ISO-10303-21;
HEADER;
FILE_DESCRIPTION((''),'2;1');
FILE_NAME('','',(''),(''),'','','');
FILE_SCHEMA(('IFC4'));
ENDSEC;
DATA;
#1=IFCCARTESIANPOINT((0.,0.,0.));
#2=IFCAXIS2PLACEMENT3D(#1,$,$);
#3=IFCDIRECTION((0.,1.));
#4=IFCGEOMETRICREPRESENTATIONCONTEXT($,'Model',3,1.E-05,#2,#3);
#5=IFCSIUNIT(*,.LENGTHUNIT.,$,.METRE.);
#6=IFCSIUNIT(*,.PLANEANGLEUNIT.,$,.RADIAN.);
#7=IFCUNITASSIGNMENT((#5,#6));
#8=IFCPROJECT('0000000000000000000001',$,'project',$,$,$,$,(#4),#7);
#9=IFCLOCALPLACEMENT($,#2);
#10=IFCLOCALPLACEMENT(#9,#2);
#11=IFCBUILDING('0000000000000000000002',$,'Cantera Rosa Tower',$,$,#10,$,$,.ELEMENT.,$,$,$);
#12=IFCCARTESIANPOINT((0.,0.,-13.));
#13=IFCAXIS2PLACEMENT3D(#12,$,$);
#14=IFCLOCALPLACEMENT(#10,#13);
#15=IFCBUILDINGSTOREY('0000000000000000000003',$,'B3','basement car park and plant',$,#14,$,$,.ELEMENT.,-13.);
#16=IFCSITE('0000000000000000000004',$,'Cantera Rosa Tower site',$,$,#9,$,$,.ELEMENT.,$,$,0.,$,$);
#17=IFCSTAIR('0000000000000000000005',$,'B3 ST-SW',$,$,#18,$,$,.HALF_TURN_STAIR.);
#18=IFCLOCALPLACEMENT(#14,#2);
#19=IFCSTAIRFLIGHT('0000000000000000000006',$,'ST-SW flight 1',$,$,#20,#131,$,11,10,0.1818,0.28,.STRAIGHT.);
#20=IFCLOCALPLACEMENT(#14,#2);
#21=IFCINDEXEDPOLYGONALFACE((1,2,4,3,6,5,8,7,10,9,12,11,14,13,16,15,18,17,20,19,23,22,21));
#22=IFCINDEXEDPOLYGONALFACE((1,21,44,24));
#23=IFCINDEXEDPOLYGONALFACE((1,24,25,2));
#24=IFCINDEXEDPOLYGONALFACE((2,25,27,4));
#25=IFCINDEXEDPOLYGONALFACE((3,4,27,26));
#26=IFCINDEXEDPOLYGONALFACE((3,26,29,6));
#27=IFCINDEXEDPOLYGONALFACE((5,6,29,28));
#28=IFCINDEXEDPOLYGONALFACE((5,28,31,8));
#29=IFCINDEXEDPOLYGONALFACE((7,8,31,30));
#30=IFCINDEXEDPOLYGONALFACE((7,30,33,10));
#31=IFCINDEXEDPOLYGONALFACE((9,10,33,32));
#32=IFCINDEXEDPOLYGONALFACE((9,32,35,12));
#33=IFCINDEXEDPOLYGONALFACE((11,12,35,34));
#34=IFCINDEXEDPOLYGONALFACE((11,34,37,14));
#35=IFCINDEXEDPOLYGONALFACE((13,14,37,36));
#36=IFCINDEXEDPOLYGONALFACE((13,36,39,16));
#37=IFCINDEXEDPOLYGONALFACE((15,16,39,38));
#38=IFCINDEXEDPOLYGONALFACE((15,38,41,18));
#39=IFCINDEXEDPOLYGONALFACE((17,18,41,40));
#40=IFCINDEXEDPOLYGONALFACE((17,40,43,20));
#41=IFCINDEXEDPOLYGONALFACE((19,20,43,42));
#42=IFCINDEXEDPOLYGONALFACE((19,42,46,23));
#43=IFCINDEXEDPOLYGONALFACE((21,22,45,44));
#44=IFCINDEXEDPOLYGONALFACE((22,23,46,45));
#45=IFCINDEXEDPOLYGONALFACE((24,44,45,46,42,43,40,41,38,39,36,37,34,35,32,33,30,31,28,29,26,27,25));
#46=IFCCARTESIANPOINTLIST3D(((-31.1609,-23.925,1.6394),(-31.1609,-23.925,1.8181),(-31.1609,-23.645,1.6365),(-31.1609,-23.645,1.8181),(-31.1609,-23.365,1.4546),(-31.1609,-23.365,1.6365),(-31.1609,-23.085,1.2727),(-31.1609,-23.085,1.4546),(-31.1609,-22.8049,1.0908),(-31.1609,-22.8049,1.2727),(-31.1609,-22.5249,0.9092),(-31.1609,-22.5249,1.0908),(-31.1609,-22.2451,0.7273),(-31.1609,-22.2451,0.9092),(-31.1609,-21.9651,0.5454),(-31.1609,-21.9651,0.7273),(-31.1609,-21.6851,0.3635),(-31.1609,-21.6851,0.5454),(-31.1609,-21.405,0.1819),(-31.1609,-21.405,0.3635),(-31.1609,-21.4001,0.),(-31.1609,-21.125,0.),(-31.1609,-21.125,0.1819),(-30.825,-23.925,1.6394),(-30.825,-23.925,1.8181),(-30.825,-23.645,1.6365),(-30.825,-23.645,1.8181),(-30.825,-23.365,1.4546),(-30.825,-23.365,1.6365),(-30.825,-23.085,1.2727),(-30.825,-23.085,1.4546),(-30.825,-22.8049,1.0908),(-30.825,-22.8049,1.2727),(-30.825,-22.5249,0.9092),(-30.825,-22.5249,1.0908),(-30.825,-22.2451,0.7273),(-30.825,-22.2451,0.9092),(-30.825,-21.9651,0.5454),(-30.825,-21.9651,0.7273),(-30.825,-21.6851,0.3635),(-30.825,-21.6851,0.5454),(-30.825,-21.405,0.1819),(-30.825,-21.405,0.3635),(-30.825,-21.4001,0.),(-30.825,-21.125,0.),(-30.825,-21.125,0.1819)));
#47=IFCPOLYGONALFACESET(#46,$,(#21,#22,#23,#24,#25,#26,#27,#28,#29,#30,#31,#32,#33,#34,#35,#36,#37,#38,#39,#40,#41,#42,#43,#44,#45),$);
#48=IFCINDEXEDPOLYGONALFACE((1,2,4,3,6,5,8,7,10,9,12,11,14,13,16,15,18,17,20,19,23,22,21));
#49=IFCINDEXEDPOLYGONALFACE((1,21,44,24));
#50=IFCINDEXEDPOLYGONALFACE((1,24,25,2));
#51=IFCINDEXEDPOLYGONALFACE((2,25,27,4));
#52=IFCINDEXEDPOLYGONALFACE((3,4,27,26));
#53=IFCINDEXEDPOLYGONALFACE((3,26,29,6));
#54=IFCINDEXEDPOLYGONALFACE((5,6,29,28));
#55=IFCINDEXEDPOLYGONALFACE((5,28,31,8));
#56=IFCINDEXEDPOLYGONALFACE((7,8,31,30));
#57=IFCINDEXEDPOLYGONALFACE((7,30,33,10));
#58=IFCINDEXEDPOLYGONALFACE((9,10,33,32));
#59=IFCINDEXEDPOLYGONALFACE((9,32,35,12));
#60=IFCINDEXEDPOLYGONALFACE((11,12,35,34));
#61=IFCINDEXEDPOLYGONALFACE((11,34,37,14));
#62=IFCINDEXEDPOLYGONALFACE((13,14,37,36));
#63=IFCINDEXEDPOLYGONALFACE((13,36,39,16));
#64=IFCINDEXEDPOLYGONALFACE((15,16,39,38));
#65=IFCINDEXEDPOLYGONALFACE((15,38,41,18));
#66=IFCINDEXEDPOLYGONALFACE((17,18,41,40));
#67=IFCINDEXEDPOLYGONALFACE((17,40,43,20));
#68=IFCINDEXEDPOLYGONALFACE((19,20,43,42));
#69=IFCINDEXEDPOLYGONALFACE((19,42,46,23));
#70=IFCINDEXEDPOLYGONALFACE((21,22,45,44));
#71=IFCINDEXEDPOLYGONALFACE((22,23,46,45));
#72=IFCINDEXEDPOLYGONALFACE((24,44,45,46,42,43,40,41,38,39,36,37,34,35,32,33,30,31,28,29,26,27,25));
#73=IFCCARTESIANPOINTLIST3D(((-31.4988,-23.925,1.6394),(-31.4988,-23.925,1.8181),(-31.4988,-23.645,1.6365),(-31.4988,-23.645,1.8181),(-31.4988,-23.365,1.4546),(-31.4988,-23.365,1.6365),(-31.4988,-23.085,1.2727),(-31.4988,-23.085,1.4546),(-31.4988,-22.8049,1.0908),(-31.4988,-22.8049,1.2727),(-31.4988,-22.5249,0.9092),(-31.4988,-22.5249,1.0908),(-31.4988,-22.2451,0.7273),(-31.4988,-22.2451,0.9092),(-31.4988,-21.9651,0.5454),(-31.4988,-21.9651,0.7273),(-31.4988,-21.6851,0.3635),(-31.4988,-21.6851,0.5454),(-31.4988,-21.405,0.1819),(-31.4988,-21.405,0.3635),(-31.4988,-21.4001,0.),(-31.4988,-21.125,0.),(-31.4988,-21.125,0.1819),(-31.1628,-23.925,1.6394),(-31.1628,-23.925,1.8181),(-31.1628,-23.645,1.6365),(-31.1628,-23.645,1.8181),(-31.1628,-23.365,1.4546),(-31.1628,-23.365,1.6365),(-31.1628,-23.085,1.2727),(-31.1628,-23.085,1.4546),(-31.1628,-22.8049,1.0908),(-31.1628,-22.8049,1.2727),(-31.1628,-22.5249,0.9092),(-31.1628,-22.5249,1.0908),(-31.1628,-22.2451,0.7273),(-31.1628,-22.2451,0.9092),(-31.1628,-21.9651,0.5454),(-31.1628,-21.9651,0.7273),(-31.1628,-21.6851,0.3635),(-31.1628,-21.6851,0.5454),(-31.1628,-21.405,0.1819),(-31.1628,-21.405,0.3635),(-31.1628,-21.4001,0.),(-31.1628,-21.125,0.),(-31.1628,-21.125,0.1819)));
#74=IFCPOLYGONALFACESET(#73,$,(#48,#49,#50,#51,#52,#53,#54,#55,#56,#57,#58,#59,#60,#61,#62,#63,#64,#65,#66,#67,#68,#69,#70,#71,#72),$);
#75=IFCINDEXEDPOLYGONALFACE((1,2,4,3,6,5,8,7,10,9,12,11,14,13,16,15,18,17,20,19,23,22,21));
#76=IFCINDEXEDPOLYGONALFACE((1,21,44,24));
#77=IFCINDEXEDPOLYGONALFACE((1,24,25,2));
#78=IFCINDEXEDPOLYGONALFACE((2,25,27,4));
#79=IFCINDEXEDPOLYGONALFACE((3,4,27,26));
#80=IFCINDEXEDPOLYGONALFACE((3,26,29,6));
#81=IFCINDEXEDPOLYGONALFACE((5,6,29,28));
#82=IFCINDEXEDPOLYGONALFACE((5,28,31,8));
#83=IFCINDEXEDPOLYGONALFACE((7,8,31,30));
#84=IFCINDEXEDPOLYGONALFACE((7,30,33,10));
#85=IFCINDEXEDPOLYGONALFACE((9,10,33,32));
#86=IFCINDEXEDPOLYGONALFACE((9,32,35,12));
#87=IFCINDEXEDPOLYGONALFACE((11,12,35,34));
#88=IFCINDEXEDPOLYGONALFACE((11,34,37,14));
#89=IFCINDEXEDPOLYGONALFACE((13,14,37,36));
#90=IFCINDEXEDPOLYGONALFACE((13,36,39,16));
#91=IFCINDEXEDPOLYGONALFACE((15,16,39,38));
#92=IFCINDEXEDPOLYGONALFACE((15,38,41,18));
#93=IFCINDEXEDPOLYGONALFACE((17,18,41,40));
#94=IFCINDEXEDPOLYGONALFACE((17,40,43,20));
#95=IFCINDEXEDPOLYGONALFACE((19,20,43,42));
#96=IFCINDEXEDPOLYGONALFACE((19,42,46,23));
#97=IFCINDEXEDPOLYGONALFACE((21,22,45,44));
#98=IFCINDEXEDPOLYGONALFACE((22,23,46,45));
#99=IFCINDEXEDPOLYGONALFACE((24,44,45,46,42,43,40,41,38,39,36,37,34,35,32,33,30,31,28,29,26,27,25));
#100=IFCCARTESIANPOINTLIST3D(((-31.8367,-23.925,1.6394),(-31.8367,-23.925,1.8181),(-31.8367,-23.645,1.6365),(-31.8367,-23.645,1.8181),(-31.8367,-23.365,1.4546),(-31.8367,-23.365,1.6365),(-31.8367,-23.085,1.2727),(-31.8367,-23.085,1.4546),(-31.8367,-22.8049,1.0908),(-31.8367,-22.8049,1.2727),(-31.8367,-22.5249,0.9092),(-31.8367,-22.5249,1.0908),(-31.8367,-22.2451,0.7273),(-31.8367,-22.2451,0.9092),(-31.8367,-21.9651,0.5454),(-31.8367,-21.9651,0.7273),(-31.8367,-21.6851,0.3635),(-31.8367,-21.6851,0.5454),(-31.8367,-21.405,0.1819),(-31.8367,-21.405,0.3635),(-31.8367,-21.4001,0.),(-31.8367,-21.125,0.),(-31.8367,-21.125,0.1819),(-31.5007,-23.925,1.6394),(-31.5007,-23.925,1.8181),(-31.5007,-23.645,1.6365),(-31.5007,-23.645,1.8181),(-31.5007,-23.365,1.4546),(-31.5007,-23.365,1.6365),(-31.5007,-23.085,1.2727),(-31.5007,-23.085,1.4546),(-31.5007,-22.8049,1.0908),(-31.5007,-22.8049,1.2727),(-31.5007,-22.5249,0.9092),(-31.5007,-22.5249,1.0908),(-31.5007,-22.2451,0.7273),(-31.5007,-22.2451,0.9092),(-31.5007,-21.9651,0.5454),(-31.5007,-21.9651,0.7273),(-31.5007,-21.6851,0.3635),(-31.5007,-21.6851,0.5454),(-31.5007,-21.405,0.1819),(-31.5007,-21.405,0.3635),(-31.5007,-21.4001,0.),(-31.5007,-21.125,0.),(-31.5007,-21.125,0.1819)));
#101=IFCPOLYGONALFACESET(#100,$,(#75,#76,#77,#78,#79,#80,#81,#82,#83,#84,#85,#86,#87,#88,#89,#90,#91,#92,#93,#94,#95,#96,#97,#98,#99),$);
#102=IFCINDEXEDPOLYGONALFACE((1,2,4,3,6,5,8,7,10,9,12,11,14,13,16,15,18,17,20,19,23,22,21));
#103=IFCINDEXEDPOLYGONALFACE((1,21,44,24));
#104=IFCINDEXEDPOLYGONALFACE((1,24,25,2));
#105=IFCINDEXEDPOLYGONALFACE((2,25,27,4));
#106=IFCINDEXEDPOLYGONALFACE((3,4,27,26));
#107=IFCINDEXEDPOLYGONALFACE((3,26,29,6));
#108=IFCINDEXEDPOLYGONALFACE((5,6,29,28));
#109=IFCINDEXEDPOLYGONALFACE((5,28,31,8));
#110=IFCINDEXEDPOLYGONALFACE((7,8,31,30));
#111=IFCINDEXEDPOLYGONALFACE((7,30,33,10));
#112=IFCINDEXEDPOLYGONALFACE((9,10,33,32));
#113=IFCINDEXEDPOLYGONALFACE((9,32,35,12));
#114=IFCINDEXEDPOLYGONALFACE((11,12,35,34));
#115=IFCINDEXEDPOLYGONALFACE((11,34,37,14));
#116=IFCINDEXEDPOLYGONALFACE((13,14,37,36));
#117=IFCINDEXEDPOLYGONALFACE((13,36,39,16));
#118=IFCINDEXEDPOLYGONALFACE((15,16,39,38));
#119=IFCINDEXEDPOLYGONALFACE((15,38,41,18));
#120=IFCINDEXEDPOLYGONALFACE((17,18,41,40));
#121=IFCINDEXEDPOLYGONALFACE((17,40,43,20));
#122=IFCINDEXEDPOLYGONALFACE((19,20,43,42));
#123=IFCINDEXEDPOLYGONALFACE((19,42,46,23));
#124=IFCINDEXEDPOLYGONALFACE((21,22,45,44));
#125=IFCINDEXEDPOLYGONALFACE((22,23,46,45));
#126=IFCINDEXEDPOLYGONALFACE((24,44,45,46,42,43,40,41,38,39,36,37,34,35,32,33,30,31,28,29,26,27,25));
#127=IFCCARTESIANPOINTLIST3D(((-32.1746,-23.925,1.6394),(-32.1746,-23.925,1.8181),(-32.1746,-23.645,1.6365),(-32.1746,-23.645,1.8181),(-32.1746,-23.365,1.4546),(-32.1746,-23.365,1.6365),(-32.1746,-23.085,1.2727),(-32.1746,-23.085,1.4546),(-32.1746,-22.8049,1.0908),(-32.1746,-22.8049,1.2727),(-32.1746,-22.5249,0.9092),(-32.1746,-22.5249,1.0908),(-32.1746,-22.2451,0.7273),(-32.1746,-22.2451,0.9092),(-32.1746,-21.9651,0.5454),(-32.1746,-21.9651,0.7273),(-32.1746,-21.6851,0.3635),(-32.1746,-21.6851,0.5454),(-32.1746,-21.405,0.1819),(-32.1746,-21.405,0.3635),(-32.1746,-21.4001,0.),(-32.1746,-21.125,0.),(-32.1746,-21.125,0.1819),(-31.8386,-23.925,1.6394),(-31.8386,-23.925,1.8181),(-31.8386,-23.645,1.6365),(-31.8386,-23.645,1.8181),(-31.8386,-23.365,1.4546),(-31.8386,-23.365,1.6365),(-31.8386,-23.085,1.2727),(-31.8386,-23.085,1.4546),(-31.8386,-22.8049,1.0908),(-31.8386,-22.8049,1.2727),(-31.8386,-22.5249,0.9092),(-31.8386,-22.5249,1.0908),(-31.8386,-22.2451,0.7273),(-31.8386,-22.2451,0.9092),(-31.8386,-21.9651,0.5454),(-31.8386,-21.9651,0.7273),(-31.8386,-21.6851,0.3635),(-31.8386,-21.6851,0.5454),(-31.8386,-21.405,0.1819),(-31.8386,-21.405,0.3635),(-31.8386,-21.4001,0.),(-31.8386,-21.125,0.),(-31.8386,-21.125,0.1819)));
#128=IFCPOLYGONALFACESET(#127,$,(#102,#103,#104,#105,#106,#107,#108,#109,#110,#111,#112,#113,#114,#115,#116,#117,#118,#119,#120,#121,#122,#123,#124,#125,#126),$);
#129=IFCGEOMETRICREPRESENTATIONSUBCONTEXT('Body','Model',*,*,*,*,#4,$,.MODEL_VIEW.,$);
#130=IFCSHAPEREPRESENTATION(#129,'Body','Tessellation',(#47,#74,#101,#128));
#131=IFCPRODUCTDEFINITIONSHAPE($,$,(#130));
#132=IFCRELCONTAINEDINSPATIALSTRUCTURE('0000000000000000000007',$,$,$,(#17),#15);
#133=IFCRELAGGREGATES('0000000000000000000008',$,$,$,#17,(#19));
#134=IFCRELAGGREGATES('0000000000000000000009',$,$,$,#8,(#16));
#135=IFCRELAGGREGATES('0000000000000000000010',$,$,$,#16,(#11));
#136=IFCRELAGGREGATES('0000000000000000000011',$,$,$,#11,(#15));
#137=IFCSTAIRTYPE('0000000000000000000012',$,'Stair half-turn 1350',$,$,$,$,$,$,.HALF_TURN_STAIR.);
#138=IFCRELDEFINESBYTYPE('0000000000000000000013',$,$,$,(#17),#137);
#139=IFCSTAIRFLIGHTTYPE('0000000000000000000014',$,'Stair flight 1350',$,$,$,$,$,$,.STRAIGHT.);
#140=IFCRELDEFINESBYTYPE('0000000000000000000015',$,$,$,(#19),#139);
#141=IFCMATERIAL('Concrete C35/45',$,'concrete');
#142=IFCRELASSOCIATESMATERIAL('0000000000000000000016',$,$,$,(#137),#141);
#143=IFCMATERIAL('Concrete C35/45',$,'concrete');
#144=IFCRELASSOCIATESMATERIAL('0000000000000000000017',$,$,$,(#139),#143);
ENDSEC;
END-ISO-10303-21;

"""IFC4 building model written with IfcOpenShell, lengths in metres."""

from ifc_helpers import new_model, si_unit, direction, frame, origin, place, context, subcontext, project, spatial, polyline, outline, extrude, material, type_object, element, aggregate, save


model = new_model("IFC4")

# Units and contexts
model_context = context("Model", 3, precision=1e-05, world=origin(), true_north=direction((0.0, 1.0)))
body_context = subcontext(model_context, "Body", "Model", "MODEL_VIEW")
ifc_project = project(units=[si_unit("LENGTHUNIT", "METRE"), si_unit("PLANEANGLEUNIT", "RADIAN")], contexts=[model_context])

# Site, building, storey
site_placement = place(None, origin())
site = spatial("IfcSite", under=ifc_project, at=site_placement, Name="Cantera Rosa Tower site", CompositionType="ELEMENT", RefElevation=0.0)
building_placement = place(site_placement, origin())
building = spatial("IfcBuilding", under=site, at=building_placement, Name="Cantera Rosa Tower", CompositionType="ELEMENT")
storey_placement = place(building_placement, frame((0.0, 0.0, -13.0)))
storey = spatial("IfcBuildingStorey", under=building, at=storey_placement, Name="B3", Description="basement car park and plant", CompositionType="ELEMENT", Elevation=-13.0)

# Stair, stair flight
ifc_material_1 = material(Name="Concrete C35/45", Category="concrete")
stair_type = type_object("IfcStairType", Name="Stair half-turn 1350", PredefinedType="HALF_TURN_STAIR", material=ifc_material_1)
stair_placement = place(storey_placement, origin())
stair = element("IfcStair", 1, at=stair_placement, inside=storey, type_object=stair_type, Name="B3 ST-SW", PredefinedType="HALF_TURN_STAIR")
ifc_material_2 = material(Name="Concrete C35/45", Category="concrete")
stair_flight_type = type_object("IfcStairFlightType", Name="Stair flight 1350", PredefinedType="STRAIGHT", material=ifc_material_2)
stair_flight_1_placement = place(storey_placement, frame((-31.5, -21.125, 0.0), z_axis=(0.0, 0.0, 1.0), x_axis=(0.0, -1.0, 0.0)))
stair_flight_1 = element("IfcStairFlight", 2, at=stair_flight_1_placement, type_object=stair_flight_type, Name="ST-SW flight 1", NumberOfRisers=11, NumberOfTreads=10, PredefinedType="STRAIGHT", RiserHeight=0.1818, TreadLength=0.28, context=body_context, shape_type="SweptSolid", body=[
    extrude(outline(polyline([(0.0, 0.0), (0.0, 0.1819), (0.28, 0.1819), (0.28, 0.3635), (0.5601, 0.3635), (0.5601, 0.5454), (0.8401, 0.5454), (0.8401, 0.7273), (1.1201, 0.7273), (1.1201, 0.9092), (1.3999, 0.9092), (1.3999, 1.0908), (1.6799, 1.0908), (1.6799, 1.2727), (1.96, 1.2727), (1.96, 1.4546), (2.24, 1.4546), (2.24, 1.6365), (2.52, 1.6365), (2.52, 1.8181), (2.8, 1.8181), (2.8, 2.0), (2.8, 1.6394), (0.2751, 0.0), (0.0, 0.0)])), frame((0.0, 0.675, 0.0), z_axis=(0.0, -1.0, 0.0), x_axis=(1.0, 0.0, 0.0)), (0.0, 0.0, 1.0), 0.3359),
    extrude(outline(polyline([(0.0, 0.0), (0.0, 0.1819), (0.28, 0.1819), (0.28, 0.3635), (0.5601, 0.3635), (0.5601, 0.5454), (0.8401, 0.5454), (0.8401, 0.7273), (1.1201, 0.7273), (1.1201, 0.9092), (1.3999, 0.9092), (1.3999, 1.0908), (1.6799, 1.0908), (1.6799, 1.2727), (1.96, 1.2727), (1.96, 1.4546), (2.24, 1.4546), (2.24, 1.6365), (2.52, 1.6365), (2.52, 1.8181), (2.8, 1.8181), (2.8, 2.0), (2.8, 1.6394), (0.2751, 0.0), (0.0, 0.0)])), frame((0.0, 0.3372, 0.0), z_axis=(0.0, -1.0, 0.0), x_axis=(1.0, 0.0, 0.0)), (0.0, 0.0, 1.0), 0.3359),
    extrude(outline(polyline([(0.0, 0.0), (0.0, 0.1819), (0.28, 0.1819), (0.28, 0.3635), (0.5601, 0.3635), (0.5601, 0.5454), (0.8401, 0.5454), (0.8401, 0.7273), (1.1201, 0.7273), (1.1201, 0.9092), (1.3999, 0.9092), (1.3999, 1.0908), (1.6799, 1.0908), (1.6799, 1.2727), (1.96, 1.2727), (1.96, 1.4546), (2.24, 1.4546), (2.24, 1.6365), (2.52, 1.6365), (2.52, 1.8181), (2.8, 1.8181), (2.8, 2.0), (2.8, 1.6394), (0.2751, 0.0), (0.0, 0.0)])), frame((0.0, -0.0007, 0.0), z_axis=(0.0, -1.0, 0.0), x_axis=(1.0, 0.0, 0.0)), (0.0, 0.0, 1.0), 0.3359),
    extrude(outline(polyline([(0.0, 0.0), (0.0, 0.1819), (0.28, 0.1819), (0.28, 0.3635), (0.5601, 0.3635), (0.5601, 0.5454), (0.8401, 0.5454), (0.8401, 0.7273), (1.1201, 0.7273), (1.1201, 0.9092), (1.3999, 0.9092), (1.3999, 1.0908), (1.6799, 1.0908), (1.6799, 1.2727), (1.96, 1.2727), (1.96, 1.4546), (2.24, 1.4546), (2.24, 1.6365), (2.52, 1.6365), (2.52, 1.8181), (2.8, 1.8181), (2.8, 2.0), (2.8, 1.6394), (0.2751, 0.0), (0.0, 0.0)])), frame((0.0, -0.3386, 0.0), z_axis=(0.0, -1.0, 0.0), x_axis=(1.0, 0.0, 0.0)), (0.0, 0.0, 1.0), 0.3359),
])
aggregate(stair, [stair_flight_1])

save(model, "model.ifc")
